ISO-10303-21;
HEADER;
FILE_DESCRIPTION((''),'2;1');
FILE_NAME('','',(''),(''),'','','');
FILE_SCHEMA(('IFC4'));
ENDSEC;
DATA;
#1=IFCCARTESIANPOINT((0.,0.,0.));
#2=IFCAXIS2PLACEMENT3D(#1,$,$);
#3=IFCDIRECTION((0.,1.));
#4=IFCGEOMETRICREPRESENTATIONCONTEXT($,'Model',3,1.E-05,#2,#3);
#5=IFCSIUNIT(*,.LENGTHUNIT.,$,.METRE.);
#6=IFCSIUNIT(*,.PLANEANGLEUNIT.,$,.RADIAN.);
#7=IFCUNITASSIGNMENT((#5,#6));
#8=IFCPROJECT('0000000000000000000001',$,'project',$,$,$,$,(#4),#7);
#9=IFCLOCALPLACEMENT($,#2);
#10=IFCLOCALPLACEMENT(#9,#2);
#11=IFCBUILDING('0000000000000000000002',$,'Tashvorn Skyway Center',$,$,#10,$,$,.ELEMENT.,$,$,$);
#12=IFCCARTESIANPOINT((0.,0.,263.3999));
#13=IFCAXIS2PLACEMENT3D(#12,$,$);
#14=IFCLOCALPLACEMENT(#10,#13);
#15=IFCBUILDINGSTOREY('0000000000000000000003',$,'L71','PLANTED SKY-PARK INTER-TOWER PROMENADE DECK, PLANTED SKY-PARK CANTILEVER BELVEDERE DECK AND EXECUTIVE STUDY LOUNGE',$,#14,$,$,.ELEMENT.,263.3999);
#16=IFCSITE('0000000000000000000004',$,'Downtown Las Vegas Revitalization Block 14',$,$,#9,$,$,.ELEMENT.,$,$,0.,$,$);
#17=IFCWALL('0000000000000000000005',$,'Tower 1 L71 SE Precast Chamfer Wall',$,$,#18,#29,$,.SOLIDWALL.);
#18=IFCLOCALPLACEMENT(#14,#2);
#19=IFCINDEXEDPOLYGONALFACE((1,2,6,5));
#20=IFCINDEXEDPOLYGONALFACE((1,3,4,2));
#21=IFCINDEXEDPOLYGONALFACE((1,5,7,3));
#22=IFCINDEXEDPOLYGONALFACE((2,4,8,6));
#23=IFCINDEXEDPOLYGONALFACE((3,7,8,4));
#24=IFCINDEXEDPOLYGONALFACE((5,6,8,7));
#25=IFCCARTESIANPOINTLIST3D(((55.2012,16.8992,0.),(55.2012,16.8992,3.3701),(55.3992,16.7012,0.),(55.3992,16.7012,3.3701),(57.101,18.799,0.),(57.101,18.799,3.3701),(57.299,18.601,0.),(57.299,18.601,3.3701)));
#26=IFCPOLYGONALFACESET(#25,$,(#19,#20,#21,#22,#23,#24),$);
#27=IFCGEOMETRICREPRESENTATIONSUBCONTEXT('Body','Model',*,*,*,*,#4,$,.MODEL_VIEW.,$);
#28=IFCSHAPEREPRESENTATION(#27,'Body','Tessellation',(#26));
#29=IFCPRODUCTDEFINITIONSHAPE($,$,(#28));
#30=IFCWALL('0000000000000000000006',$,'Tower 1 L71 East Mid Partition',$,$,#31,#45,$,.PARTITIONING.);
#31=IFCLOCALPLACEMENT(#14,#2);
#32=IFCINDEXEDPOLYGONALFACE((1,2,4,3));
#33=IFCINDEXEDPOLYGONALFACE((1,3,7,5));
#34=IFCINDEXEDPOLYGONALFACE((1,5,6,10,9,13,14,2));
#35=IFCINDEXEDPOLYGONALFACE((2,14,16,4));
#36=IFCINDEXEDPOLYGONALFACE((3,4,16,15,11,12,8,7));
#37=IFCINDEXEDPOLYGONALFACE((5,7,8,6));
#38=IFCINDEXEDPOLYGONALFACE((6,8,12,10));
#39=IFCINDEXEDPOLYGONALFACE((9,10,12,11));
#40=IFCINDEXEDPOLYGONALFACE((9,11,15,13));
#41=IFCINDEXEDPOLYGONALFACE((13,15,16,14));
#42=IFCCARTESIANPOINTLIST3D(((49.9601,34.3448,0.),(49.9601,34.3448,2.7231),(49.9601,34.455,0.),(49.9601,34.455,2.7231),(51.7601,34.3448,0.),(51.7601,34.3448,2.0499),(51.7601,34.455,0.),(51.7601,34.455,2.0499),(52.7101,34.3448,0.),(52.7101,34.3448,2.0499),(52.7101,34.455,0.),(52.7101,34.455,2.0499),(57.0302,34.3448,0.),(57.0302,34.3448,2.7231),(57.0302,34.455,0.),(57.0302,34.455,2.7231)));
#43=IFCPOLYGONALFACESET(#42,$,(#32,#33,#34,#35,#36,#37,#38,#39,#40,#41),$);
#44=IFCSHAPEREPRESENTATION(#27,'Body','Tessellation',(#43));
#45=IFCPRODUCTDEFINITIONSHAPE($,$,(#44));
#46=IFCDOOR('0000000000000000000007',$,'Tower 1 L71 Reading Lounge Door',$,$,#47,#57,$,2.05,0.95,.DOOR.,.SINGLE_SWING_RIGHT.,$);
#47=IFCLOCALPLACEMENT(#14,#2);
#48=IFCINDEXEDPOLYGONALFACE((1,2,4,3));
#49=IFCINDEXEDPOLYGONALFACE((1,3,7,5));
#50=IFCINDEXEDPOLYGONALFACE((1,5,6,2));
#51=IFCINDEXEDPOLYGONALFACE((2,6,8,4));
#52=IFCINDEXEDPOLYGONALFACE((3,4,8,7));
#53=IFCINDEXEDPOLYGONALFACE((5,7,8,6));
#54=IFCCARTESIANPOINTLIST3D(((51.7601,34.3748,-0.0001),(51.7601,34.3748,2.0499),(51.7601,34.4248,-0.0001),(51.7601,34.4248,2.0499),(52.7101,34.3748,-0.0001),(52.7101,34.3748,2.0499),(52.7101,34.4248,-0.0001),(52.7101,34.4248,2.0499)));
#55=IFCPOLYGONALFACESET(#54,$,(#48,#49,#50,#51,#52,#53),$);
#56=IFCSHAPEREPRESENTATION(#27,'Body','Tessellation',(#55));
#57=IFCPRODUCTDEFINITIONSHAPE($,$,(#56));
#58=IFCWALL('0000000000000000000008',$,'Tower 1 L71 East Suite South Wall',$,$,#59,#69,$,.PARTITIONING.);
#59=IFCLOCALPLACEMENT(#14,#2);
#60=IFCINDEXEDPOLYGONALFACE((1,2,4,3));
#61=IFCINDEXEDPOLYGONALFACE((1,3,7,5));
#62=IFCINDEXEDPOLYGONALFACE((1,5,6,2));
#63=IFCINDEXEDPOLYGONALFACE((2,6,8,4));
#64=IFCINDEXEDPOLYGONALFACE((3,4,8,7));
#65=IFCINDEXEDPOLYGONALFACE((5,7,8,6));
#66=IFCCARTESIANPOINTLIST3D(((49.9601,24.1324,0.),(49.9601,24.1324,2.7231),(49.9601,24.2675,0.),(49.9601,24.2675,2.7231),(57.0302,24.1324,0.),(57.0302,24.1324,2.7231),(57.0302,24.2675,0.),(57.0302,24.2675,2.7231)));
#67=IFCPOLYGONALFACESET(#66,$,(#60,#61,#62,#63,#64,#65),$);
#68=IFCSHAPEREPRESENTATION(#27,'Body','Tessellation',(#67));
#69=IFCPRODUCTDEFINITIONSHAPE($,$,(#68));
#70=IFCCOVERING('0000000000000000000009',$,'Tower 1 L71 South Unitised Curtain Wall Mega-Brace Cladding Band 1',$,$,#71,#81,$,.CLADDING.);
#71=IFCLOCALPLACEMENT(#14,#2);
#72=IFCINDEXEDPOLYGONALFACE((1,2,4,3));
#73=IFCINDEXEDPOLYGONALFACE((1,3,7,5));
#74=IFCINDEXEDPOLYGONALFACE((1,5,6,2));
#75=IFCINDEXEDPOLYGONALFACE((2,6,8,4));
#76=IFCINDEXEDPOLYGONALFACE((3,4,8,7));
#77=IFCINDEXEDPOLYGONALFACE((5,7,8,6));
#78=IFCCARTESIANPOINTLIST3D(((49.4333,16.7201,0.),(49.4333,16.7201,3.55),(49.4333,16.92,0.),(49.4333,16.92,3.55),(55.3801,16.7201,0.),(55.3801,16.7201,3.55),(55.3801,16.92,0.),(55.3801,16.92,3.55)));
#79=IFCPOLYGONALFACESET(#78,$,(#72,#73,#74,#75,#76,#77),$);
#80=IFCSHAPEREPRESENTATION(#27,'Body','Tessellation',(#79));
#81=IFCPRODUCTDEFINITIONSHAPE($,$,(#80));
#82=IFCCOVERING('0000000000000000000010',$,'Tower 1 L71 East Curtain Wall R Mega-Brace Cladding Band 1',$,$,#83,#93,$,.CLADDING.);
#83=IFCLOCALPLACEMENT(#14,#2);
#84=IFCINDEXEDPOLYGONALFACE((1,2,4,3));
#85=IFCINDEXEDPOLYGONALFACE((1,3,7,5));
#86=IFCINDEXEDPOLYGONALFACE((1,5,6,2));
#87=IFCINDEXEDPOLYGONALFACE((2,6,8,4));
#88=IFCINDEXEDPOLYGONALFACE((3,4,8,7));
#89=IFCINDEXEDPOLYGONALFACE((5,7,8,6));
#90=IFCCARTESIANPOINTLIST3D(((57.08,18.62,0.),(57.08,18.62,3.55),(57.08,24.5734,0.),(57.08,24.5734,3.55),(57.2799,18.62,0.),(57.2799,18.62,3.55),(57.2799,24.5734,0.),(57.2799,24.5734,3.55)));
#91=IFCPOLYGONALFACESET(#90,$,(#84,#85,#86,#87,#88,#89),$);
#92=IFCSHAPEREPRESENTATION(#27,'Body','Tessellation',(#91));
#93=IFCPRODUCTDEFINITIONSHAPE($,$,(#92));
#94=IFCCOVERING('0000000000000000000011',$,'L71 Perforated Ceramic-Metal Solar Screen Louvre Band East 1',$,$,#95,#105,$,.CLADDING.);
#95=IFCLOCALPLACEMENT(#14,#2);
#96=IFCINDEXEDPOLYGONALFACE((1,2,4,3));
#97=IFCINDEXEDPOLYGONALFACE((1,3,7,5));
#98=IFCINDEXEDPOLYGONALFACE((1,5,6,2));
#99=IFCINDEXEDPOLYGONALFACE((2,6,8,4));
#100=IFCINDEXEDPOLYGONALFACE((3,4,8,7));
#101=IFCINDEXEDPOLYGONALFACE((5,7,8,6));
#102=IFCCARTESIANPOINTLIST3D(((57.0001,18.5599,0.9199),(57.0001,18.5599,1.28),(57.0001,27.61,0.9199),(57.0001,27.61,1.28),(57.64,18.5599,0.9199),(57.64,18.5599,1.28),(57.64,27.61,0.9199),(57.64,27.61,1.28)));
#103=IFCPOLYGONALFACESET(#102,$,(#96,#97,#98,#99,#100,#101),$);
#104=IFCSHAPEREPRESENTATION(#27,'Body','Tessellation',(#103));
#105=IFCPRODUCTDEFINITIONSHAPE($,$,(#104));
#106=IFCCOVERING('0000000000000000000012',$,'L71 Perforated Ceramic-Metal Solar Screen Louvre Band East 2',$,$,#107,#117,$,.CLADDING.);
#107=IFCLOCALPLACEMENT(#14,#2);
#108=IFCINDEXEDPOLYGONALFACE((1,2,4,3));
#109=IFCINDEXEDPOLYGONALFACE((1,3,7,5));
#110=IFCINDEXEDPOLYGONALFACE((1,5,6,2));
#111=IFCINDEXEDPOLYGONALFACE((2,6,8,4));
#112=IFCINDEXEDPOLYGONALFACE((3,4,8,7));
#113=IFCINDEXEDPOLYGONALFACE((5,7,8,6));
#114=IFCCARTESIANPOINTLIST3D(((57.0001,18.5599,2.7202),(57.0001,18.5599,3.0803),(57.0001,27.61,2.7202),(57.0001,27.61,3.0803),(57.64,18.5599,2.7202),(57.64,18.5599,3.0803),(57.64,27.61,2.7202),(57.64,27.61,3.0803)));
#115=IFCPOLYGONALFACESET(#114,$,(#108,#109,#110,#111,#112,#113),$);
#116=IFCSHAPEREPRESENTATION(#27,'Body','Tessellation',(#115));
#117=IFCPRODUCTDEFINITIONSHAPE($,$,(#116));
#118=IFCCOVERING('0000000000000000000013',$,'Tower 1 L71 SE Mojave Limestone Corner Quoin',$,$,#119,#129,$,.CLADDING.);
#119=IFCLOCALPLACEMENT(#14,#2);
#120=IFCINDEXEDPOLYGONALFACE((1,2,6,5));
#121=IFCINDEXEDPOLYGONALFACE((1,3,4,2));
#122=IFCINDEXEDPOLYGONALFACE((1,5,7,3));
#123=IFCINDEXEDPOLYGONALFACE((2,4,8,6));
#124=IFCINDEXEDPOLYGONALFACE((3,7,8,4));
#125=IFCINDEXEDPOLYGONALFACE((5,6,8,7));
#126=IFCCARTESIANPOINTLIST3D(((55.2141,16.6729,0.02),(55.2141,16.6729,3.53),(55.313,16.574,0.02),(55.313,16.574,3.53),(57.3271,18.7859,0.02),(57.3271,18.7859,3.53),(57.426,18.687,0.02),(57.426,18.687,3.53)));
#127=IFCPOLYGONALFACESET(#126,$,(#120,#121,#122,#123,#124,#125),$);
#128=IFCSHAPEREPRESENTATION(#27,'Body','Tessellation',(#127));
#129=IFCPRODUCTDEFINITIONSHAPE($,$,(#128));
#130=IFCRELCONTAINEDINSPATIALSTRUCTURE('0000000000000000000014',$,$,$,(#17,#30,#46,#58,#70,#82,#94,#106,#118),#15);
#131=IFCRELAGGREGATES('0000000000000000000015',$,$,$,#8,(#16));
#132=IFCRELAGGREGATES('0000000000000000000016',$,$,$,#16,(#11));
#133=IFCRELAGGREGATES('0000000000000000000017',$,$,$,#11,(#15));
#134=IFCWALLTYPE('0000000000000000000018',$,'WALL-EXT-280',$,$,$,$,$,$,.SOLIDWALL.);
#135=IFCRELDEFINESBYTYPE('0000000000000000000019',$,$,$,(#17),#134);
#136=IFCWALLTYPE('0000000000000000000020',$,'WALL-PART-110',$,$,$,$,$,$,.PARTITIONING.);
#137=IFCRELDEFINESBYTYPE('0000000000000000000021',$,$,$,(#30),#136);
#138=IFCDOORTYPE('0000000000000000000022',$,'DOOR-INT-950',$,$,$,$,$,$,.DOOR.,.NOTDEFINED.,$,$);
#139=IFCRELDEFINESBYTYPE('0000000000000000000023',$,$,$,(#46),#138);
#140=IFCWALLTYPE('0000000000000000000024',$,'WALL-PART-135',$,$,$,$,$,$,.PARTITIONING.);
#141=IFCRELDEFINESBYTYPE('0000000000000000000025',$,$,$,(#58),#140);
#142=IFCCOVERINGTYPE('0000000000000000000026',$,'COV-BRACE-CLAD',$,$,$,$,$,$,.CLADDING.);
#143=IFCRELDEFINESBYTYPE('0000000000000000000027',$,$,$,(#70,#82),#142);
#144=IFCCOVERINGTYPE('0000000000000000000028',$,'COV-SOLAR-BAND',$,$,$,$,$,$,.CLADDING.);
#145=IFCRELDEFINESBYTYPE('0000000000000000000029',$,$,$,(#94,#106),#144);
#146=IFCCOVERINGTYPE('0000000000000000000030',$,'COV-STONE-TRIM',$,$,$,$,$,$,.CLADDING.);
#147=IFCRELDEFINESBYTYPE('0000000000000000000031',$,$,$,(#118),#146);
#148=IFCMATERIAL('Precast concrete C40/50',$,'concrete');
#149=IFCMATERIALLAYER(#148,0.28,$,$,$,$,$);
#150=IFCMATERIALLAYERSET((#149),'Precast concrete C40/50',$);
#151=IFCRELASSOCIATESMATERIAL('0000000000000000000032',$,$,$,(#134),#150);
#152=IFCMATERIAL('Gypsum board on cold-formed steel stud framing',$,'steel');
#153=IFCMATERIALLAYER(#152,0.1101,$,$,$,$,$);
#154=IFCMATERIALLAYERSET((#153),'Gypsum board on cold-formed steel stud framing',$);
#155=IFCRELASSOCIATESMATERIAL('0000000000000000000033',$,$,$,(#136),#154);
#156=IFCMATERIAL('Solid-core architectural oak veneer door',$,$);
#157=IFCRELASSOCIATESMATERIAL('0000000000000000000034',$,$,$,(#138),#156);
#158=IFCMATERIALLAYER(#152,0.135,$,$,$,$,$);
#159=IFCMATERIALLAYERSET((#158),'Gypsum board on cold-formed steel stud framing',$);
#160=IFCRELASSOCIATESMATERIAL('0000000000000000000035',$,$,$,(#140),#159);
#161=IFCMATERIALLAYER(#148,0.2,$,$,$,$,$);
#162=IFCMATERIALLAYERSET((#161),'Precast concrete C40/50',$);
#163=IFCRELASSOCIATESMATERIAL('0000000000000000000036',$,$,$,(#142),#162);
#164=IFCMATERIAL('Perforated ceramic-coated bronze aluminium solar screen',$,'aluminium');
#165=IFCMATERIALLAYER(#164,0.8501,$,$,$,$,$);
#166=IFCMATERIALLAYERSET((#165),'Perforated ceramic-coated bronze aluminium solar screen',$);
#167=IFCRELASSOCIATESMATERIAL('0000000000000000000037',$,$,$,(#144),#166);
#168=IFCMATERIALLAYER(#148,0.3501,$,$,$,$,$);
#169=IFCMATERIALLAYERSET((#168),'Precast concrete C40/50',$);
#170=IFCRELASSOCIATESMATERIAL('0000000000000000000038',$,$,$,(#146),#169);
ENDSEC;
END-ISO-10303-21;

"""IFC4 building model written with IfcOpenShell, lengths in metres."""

from ifc_helpers import new_model, si_unit, direction, frame, frame_2d, origin, origin_2d, place, context, subcontext, project, spatial, rectangle, extrude, material, layer, layer_set, type_object, element, fill, save


model = new_model("IFC4")

# Units and contexts
model_context = context("Model", 3, precision=1e-05, world=origin(), true_north=direction((0.0, 1.0)))
body_context = subcontext(model_context, "Body", "Model", "MODEL_VIEW")
ifc_project = project(units=[si_unit("LENGTHUNIT", "METRE"), si_unit("PLANEANGLEUNIT", "RADIAN")], contexts=[model_context])

# Site, building, storey
site_placement = place(None, origin())
site = spatial("IfcSite", under=ifc_project, at=site_placement, Name="Downtown Las Vegas Revitalization Block 14", CompositionType="ELEMENT", RefElevation=0.0)
building_placement = place(site_placement, origin())
building = spatial("IfcBuilding", under=site, at=building_placement, Name="Tashvorn Skyway Center", CompositionType="ELEMENT")
storey_placement = place(building_placement, frame((0.0, 0.0, 263.3999)))
storey = spatial("IfcBuildingStorey", under=building, at=storey_placement, Name="L71", Description="PLANTED SKY-PARK INTER-TOWER PROMENADE DECK, PLANTED SKY-PARK CANTILEVER BELVEDERE DECK AND EXECUTIVE STUDY LOUNGE", CompositionType="ELEMENT", Elevation=263.3999)

# Shared definitions
ifc_material_1 = material(Name="Precast concrete C40/50", Category="concrete")
ifc_layer_1 = layer(ifc_material_1, 0.28)
ifc_layer_set_1 = layer_set([ifc_layer_1], Name="Precast concrete C40/50")
wall_type_1 = type_object("IfcWallType", Name="WALL-EXT-280", PredefinedType="SOLIDWALL", material=ifc_layer_set_1)

# Wall
wall_1_placement = place(storey_placement, frame((57.2, 18.7, 0.0), z_axis=(0.0, 0.0, 1.0), x_axis=(-0.707107, -0.707107, 0.0)))
element("IfcWall", 1, at=wall_1_placement, inside=storey, type_object=wall_type_1, Name="Tower 1 L71 SE Precast Chamfer Wall", PredefinedType="SOLIDWALL", context=body_context, shape_type="SweptSolid", body=[
    extrude(rectangle(XDim=2.6868, YDim=0.28, at=frame_2d((1.3433, 0.0))), origin(), (0.0, 0.0, 1.0), 3.3701),
])

# Wall, opening, door
ifc_material_2 = material(Name="Gypsum board on cold-formed steel stud framing", Category="steel")
ifc_layer_2 = layer(ifc_material_2, 0.1101)
ifc_layer_set_2 = layer_set([ifc_layer_2], Name="Gypsum board on cold-formed steel stud framing")
wall_type_2 = type_object("IfcWallType", Name="WALL-PART-110", PredefinedType="PARTITIONING", material=ifc_layer_set_2)
wall_2_placement = place(storey_placement, frame((49.96, 34.3999, 0.0), z_axis=(0.0, 0.0, 1.0), x_axis=(1.0, 0.0, 0.0)))
wall_2 = element("IfcWall", 2, at=wall_2_placement, inside=storey, type_object=wall_type_2, Name="Tower 1 L71 East Mid Partition", PredefinedType="PARTITIONING", context=body_context, shape_type="SweptSolid", body=[
    extrude(rectangle(XDim=7.0701, YDim=0.1101, at=frame_2d((3.5352, 0.0))), origin(), (0.0, 0.0, 1.0), 2.7231),
])
opening_1_placement = place(wall_2_placement, frame((1.8, 0.0, 0.0)))
opening_1 = element("IfcOpeningElement", 3, at=opening_1_placement, cuts=wall_2, PredefinedType="OPENING", context=body_context, shape_type="SweptSolid", body=[
    extrude(rectangle(XDim=0.95, YDim=2.05, at=frame_2d((0.4751, 1.0249))), frame((0.0, 0.0649, 0.0), z_axis=(0.0, -1.0, 0.0), x_axis=(1.0, 0.0, 0.0)), (0.0, 0.0, 1.0), 0.1301),
])
ifc_material_3 = material(Name="Solid-core architectural oak veneer door")
door_type_1 = type_object("IfcDoorType", Name="DOOR-INT-950", OperationType="NOTDEFINED", PredefinedType="DOOR", material=ifc_material_3)
door_1_placement = place(opening_1_placement, origin())
door_1 = element("IfcDoor", 4, at=door_1_placement, inside=storey, type_object=door_type_1, Name="Tower 1 L71 Reading Lounge Door", OperationType="SINGLE_SWING_RIGHT", OverallHeight=2.05, OverallWidth=0.95, PredefinedType="DOOR", context=body_context, shape_type="SweptSolid", body=[
    extrude(rectangle(XDim=0.95, YDim=2.05, at=frame_2d((0.4751, 1.0249))), frame((0.0, 0.0249, 0.0), z_axis=(0.0, -1.0, 0.0), x_axis=(1.0, 0.0, 0.0)), (0.0, 0.0, 1.0), 0.05),
])
fill(opening_1, door_1)

# Wall
ifc_layer_3 = layer(ifc_material_2, 0.135)
ifc_layer_set_3 = layer_set([ifc_layer_3], Name="Gypsum board on cold-formed steel stud framing")
wall_type_3 = type_object("IfcWallType", Name="WALL-PART-135", PredefinedType="PARTITIONING", material=ifc_layer_set_3)
wall_3_placement = place(storey_placement, frame((49.96, 24.2, 0.0), z_axis=(0.0, 0.0, 1.0), x_axis=(1.0, 0.0, 0.0)))
element("IfcWall", 5, at=wall_3_placement, inside=storey, type_object=wall_type_3, Name="Tower 1 L71 East Suite South Wall", PredefinedType="PARTITIONING", context=body_context, shape_type="SweptSolid", body=[
    extrude(rectangle(XDim=7.0701, YDim=0.135, at=frame_2d((3.5352, 0.0))), origin(), (0.0, 0.0, 1.0), 2.7231),
])

# Coverings
ifc_layer_4 = layer(ifc_material_1, 0.2)
ifc_layer_set_4 = layer_set([ifc_layer_4], Name="Precast concrete C40/50")
covering_type_1 = type_object("IfcCoveringType", Name="COV-BRACE-CLAD", PredefinedType="CLADDING", material=ifc_layer_set_4)
covering_1_placement = place(storey_placement, frame((52.4067, 16.8201, 0.0), z_axis=(0.0, 0.0, 1.0), x_axis=(-1.0, 0.0, 0.0)))
element("IfcCovering", 6, at=covering_1_placement, inside=storey, type_object=covering_type_1, Name="Tower 1 L71 South Unitised Curtain Wall Mega-Brace Cladding Band 1", PredefinedType="CLADDING", context=body_context, shape_type="SweptSolid", body=[
    extrude(rectangle(XDim=5.9468, YDim=0.2, at=origin_2d()), origin(), (0.0, 0.0, 1.0), 3.55),
])
covering_2_placement = place(storey_placement, frame((57.1799, 21.5967, 0.0), z_axis=(0.0, 0.0, 1.0), x_axis=(0.0, -1.0, 0.0)))
element("IfcCovering", 7, at=covering_2_placement, inside=storey, type_object=covering_type_1, Name="Tower 1 L71 East Curtain Wall R Mega-Brace Cladding Band 1", PredefinedType="CLADDING", context=body_context, shape_type="SweptSolid", body=[
    extrude(rectangle(XDim=5.9534, YDim=0.2, at=origin_2d()), origin(), (0.0, 0.0, 1.0), 3.55),
])
ifc_material_4 = material(Name="Perforated ceramic-coated bronze aluminium solar screen", Category="aluminium")
ifc_layer_5 = layer(ifc_material_4, 0.8501)
ifc_layer_set_5 = layer_set([ifc_layer_5], Name="Perforated ceramic-coated bronze aluminium solar screen")
covering_type_2 = type_object("IfcCoveringType", Name="COV-SOLAR-BAND", PredefinedType="CLADDING", material=ifc_layer_set_5)
for number, where, z_axis, x_axis, name in (
    (8, (57.3201, 23.085, 0.9199), (0.0, 0.0, 1.0), (0.0, -1.0, 0.0), "L71 Perforated Ceramic-Metal Solar Screen Louvre Band East 1"),
    (9, (57.3201, 23.085, 2.7202), (0.0, 0.0, 1.0), (0.0, -1.0, 0.0), "L71 Perforated Ceramic-Metal Solar Screen Louvre Band East 2"),
):
    element("IfcCovering", number, at=place(storey_placement, frame(where, z_axis=z_axis, x_axis=x_axis)), inside=storey, type_object=covering_type_2, Name=name, PredefinedType="CLADDING", context=body_context, shape_type="SweptSolid", body=[
        extrude(rectangle(XDim=9.05, YDim=0.6399, at=origin_2d()), origin(), (0.0, 0.0, 1.0), 0.3601),
    ])
ifc_layer_6 = layer(ifc_material_1, 0.3501)
ifc_layer_set_6 = layer_set([ifc_layer_6], Name="Precast concrete C40/50")
covering_type_3 = type_object("IfcCoveringType", Name="COV-STONE-TRIM", PredefinedType="CLADDING", material=ifc_layer_set_6)
covering_3_placement = place(storey_placement, frame((56.3201, 17.6799, 0.02), z_axis=(0.0, 0.0, 1.0), x_axis=(0.707107, 0.707107, 0.0)))
element("IfcCovering", 10, at=covering_3_placement, inside=storey, type_object=covering_type_3, Name="Tower 1 L71 SE Mojave Limestone Corner Quoin", PredefinedType="CLADDING", context=body_context, shape_type="SweptSolid", body=[
    extrude(rectangle(XDim=2.9883, YDim=0.1399, at=origin_2d()), origin(), (0.0, 0.0, 1.0), 3.51),
])

save(model, "model.ifc")
